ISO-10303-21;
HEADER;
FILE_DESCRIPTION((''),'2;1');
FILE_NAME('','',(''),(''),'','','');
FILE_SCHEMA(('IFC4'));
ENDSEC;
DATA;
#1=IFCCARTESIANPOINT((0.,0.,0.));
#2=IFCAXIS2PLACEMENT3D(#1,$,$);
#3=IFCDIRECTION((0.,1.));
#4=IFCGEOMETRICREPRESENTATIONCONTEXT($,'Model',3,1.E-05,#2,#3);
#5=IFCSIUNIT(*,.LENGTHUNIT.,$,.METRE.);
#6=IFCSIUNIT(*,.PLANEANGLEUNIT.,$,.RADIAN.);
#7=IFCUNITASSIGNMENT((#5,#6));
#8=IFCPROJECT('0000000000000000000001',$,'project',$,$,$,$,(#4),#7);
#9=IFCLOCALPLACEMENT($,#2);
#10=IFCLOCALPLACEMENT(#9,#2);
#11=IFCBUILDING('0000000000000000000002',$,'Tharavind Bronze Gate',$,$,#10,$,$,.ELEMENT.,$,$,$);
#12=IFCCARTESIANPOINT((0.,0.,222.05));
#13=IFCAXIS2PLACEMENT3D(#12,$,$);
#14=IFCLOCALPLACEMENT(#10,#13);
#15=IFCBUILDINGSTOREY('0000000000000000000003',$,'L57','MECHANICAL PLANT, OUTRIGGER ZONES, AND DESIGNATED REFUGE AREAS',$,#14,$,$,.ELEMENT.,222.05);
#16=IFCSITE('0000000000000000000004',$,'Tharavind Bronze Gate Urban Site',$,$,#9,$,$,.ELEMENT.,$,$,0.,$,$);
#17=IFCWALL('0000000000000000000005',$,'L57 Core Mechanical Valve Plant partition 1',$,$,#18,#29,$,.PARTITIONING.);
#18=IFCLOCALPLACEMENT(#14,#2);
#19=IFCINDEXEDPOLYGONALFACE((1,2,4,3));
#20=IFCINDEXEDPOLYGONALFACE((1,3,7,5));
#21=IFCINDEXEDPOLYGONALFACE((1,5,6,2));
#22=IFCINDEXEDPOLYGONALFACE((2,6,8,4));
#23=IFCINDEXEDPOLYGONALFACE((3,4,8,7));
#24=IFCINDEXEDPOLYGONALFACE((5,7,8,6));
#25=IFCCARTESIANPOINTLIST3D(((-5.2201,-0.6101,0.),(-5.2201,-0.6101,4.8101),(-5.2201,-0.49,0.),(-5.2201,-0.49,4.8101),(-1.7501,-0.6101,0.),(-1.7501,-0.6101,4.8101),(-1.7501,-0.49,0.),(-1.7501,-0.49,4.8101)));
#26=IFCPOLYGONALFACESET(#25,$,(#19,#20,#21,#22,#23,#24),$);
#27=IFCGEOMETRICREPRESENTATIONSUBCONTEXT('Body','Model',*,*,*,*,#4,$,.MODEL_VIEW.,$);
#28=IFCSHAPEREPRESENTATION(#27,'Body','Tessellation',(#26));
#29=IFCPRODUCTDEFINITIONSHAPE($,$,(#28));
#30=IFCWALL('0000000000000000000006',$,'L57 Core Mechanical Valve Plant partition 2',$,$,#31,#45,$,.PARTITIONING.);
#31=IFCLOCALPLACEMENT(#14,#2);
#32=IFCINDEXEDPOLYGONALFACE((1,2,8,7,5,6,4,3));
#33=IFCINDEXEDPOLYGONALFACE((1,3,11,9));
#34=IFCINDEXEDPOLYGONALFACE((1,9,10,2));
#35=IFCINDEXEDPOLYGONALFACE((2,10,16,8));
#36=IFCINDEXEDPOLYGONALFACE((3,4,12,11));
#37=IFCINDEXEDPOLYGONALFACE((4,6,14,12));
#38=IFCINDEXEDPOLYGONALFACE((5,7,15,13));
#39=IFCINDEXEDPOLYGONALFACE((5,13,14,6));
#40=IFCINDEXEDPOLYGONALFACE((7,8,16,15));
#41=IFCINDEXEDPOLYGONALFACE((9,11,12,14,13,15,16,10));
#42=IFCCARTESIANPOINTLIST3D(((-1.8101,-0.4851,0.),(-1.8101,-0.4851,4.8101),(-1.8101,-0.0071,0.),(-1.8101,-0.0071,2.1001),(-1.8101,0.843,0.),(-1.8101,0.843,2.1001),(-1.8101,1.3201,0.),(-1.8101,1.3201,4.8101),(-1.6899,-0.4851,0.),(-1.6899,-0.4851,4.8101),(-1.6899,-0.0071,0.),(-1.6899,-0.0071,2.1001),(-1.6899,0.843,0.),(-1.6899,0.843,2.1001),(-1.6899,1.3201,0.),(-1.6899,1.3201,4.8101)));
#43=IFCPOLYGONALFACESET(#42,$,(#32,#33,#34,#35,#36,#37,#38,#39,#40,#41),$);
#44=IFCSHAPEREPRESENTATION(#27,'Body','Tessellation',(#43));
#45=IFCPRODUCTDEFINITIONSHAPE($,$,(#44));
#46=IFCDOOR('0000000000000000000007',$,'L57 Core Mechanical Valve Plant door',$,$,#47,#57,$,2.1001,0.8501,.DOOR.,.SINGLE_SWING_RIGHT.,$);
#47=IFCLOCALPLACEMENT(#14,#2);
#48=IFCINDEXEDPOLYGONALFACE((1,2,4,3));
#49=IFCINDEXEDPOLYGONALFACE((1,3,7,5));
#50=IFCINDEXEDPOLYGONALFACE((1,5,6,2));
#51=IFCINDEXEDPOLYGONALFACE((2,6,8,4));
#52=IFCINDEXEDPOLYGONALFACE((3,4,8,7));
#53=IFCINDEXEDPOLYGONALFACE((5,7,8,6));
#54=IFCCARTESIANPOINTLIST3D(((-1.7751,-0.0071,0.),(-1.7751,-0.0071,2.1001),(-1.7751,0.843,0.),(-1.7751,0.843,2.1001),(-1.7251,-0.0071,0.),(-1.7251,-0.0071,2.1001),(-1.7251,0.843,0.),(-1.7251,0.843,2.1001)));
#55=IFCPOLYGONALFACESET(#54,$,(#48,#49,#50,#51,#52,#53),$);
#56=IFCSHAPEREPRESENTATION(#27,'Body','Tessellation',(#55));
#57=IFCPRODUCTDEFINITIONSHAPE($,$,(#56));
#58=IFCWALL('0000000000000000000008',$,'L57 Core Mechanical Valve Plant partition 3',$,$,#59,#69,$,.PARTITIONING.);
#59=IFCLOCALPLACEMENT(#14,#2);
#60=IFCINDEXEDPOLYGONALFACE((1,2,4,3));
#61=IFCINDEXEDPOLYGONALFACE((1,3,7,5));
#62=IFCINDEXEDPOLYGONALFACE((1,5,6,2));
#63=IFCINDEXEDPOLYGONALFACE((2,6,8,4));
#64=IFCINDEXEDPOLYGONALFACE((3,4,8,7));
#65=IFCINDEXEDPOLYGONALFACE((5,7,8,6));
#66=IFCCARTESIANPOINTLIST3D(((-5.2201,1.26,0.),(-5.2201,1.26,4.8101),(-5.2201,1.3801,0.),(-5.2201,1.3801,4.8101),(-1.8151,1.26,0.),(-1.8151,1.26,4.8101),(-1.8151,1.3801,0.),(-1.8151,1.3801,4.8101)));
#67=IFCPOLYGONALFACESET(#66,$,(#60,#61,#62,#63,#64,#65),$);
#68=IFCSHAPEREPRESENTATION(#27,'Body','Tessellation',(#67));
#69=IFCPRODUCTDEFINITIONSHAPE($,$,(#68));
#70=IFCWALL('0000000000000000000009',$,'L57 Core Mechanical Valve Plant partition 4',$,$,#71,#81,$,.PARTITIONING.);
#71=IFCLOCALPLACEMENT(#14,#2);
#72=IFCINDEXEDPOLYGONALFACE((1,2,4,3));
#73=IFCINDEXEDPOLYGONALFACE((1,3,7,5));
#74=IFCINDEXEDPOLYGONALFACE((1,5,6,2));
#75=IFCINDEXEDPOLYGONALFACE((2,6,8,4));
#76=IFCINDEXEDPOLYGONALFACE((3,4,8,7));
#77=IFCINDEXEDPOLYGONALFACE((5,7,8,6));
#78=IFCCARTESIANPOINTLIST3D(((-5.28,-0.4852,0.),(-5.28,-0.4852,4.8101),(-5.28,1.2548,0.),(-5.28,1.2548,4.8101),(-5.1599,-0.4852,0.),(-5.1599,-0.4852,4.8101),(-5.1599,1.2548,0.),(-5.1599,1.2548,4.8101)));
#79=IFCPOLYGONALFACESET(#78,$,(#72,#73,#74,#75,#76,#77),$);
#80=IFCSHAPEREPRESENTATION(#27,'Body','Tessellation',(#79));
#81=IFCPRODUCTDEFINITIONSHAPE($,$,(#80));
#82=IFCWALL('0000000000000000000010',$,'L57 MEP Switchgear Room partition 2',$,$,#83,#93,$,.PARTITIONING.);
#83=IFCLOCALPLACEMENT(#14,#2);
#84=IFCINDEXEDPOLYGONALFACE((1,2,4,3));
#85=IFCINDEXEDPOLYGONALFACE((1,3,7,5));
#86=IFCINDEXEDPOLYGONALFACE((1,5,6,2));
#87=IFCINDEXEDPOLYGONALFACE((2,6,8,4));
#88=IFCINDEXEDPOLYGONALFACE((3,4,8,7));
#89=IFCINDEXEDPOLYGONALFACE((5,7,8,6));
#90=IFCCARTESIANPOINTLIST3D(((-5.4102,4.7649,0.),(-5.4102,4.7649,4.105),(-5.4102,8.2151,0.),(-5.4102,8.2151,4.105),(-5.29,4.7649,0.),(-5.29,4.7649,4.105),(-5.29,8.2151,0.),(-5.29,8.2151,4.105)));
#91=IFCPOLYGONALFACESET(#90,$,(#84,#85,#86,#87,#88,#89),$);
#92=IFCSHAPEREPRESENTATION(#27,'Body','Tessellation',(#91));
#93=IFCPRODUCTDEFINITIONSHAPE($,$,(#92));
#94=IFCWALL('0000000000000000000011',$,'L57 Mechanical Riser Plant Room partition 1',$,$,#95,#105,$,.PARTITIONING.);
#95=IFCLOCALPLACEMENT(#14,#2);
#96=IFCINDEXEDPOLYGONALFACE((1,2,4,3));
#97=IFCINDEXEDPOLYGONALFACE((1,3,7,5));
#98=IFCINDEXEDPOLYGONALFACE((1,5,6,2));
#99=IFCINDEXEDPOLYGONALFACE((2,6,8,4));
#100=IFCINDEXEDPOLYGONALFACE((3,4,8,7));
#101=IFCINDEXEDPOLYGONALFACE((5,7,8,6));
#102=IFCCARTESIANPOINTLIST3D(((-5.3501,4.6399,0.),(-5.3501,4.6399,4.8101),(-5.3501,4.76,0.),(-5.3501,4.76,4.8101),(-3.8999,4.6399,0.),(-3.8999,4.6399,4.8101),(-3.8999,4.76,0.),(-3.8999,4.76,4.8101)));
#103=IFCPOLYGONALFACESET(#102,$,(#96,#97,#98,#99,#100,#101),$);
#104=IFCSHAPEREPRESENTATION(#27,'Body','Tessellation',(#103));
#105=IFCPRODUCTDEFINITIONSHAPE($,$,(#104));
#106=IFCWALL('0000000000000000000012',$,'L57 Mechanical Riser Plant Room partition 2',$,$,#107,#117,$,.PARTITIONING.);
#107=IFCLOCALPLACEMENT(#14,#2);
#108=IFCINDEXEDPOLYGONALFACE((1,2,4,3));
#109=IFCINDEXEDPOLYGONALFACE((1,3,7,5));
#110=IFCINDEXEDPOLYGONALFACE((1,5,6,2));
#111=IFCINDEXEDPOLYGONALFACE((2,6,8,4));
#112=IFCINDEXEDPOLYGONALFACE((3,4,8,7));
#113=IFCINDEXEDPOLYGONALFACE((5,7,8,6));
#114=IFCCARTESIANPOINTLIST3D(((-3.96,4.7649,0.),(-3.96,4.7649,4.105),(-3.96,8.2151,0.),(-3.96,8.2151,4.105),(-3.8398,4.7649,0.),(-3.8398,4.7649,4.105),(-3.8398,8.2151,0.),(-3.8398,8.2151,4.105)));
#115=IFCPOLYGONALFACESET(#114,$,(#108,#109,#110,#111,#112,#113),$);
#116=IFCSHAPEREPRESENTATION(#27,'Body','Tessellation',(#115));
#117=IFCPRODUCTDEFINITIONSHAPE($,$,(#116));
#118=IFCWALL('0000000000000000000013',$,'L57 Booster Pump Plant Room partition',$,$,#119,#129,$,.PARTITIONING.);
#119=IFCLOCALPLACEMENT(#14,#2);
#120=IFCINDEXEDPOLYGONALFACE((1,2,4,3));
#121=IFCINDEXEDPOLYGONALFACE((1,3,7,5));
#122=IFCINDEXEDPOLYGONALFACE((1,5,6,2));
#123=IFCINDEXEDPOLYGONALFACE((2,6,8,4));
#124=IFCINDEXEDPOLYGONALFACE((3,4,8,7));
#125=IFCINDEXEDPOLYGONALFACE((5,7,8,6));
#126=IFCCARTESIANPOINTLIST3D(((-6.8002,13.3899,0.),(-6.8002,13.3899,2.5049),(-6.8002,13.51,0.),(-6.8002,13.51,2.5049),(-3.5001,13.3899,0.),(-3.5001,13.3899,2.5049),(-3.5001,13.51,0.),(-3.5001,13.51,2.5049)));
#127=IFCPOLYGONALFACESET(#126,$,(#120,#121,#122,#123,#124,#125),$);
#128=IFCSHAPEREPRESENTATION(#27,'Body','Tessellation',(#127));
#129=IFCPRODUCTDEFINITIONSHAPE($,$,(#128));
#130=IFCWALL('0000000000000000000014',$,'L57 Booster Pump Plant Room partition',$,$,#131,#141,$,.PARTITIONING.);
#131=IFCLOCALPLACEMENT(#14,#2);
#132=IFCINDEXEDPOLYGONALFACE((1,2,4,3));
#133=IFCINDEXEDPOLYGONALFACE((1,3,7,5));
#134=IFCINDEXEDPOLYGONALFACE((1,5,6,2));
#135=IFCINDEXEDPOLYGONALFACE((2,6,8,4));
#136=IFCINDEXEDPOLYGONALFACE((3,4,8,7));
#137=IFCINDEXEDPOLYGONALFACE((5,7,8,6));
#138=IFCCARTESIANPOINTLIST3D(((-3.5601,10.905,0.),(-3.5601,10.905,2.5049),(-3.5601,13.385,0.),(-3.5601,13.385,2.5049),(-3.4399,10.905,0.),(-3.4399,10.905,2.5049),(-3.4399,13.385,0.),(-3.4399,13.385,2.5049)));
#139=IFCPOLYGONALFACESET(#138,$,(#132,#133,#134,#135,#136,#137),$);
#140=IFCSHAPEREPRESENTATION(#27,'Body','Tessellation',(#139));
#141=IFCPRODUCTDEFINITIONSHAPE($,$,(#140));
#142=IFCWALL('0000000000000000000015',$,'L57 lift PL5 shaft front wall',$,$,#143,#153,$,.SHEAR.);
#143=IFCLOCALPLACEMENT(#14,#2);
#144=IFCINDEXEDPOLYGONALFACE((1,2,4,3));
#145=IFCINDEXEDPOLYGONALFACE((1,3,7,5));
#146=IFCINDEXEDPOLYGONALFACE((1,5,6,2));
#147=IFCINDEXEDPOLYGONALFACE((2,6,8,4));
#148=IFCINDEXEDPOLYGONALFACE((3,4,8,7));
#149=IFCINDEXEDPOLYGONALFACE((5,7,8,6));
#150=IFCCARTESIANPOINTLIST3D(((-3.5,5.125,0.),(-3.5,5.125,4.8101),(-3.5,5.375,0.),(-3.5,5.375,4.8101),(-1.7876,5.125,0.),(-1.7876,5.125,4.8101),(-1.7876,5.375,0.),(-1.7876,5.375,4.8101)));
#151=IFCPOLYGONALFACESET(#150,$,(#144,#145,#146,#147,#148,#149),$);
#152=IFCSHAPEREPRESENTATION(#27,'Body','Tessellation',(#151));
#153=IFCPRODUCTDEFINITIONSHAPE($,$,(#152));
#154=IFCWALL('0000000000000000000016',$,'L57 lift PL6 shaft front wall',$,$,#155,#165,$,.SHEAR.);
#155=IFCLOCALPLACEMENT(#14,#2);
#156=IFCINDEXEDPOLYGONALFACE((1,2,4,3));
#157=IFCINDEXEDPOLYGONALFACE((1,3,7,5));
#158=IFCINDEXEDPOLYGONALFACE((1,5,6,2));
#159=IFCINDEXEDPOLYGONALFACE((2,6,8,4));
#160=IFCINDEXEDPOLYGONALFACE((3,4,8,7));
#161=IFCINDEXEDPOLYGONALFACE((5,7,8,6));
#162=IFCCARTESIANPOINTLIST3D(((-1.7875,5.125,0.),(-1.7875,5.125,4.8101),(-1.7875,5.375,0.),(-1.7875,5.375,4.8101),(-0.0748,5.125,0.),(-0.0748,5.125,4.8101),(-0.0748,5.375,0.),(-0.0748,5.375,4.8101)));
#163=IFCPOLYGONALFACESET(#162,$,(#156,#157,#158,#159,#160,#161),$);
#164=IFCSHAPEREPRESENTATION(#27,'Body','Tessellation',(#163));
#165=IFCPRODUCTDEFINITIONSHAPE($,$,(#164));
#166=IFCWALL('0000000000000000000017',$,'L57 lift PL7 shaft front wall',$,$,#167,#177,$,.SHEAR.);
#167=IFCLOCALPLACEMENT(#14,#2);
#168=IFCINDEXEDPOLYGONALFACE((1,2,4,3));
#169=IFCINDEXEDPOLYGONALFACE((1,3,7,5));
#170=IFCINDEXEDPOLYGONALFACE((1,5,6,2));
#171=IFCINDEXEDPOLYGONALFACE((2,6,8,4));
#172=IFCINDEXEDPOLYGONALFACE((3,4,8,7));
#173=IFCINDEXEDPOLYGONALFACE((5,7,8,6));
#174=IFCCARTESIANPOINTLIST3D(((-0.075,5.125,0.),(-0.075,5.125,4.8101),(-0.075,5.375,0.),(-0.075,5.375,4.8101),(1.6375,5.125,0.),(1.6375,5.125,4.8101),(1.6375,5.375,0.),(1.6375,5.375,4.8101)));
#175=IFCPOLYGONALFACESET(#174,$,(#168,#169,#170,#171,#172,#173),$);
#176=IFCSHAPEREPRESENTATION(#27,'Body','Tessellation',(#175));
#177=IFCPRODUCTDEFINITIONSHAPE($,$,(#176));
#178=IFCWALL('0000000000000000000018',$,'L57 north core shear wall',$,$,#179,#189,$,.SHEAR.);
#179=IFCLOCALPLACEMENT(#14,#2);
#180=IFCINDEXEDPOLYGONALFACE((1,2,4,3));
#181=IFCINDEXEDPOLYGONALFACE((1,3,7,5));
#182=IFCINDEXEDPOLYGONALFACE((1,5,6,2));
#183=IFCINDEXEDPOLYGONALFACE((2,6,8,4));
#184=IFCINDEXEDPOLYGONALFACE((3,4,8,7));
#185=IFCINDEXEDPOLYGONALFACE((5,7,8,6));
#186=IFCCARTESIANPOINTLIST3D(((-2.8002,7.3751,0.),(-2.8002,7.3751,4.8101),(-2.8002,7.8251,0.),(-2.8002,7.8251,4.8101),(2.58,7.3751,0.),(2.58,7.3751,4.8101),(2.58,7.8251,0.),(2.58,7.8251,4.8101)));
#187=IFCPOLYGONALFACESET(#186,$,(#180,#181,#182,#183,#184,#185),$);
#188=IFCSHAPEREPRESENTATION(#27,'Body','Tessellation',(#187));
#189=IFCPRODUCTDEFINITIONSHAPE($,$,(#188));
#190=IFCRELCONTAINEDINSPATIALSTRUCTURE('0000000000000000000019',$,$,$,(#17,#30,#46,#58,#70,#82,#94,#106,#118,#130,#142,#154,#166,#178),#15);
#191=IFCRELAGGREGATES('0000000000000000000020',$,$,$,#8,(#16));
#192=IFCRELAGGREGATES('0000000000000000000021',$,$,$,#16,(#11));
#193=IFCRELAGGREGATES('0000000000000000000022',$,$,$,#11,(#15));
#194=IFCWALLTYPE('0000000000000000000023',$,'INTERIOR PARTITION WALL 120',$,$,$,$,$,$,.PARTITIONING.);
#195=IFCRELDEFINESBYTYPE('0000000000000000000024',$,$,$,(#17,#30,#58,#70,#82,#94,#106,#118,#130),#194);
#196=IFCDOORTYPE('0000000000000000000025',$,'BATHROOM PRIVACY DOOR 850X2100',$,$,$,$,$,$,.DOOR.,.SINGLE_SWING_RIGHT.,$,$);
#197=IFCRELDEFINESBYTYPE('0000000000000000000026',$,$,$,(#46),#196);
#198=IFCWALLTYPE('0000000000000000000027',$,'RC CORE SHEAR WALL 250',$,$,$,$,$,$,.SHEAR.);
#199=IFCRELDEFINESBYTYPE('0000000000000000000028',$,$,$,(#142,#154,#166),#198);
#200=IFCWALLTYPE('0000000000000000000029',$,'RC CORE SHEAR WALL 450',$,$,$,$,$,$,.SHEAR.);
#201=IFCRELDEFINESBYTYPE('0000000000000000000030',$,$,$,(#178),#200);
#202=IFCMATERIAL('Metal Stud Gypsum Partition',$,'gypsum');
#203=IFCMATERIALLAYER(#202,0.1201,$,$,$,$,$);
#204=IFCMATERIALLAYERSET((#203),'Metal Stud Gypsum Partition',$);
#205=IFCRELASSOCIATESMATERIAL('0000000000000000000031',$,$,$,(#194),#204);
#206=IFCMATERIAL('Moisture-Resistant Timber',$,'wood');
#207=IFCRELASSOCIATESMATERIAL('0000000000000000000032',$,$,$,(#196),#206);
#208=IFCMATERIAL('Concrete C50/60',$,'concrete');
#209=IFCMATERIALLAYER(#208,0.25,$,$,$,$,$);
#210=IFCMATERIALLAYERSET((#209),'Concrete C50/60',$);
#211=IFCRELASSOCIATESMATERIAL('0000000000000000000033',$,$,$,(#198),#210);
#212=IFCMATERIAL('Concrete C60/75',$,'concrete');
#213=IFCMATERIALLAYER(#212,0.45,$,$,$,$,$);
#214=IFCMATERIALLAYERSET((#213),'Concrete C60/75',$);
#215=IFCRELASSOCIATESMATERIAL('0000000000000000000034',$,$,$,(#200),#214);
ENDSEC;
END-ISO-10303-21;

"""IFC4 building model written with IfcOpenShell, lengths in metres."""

from ifc_helpers import new_model, si_unit, direction, frame, frame_2d, origin, place, context, subcontext, project, spatial, rectangle, extrude, material, layer, layer_set, type_object, element, fill, save


model = new_model("IFC4")

# Units and contexts
model_context = context("Model", 3, precision=1e-05, world=origin(), true_north=direction((0.0, 1.0)))
body_context = subcontext(model_context, "Body", "Model", "MODEL_VIEW")
ifc_project = project(units=[si_unit("LENGTHUNIT", "METRE"), si_unit("PLANEANGLEUNIT", "RADIAN")], contexts=[model_context])

# Site, building, storey
site_placement = place(None, origin())
site = spatial("IfcSite", under=ifc_project, at=site_placement, Name="Tharavind Bronze Gate Urban Site", CompositionType="ELEMENT", RefElevation=0.0)
building_placement = place(site_placement, origin())
building = spatial("IfcBuilding", under=site, at=building_placement, Name="Tharavind Bronze Gate", CompositionType="ELEMENT")
storey_placement = place(building_placement, frame((0.0, 0.0, 222.05)))
storey = spatial("IfcBuildingStorey", under=building, at=storey_placement, Name="L57", Description="MECHANICAL PLANT, OUTRIGGER ZONES, AND DESIGNATED REFUGE AREAS", CompositionType="ELEMENT", Elevation=222.05)

# Shared definitions
ifc_material_1 = material(Name="Metal Stud Gypsum Partition", Category="gypsum")
ifc_layer_1 = layer(ifc_material_1, 0.1201)
ifc_layer_set_1 = layer_set([ifc_layer_1], Name="Metal Stud Gypsum Partition")
wall_type_1 = type_object("IfcWallType", Name="INTERIOR PARTITION WALL 120", PredefinedType="PARTITIONING", material=ifc_layer_set_1)

# Shared definitions
ifc_material_2 = material(Name="Moisture-Resistant Timber", Category="wood")
door_type = type_object("IfcDoorType", Name="BATHROOM PRIVACY DOOR 850X2100", OperationType="SINGLE_SWING_RIGHT", PredefinedType="DOOR", material=ifc_material_2)

# Wall
wall_1_placement = place(storey_placement, frame((-5.22, -0.55, 0.0), z_axis=(0.0, 0.0, 1.0), x_axis=(1.0, 0.0, 0.0)))
element("IfcWall", 1, at=wall_1_placement, inside=storey, type_object=wall_type_1, Name="L57 Core Mechanical Valve Plant partition 1", PredefinedType="PARTITIONING", context=body_context, shape_type="SweptSolid", body=[
    extrude(rectangle(XDim=3.47, YDim=0.1201, at=frame_2d((1.7349, 0.0))), origin(), (0.0, 0.0, 1.0), 4.8101),
])

# Wall, opening, door
wall_2_placement = place(storey_placement, frame((-1.75, -0.4851, 0.0), z_axis=(0.0, 0.0, 1.0), x_axis=(0.0, 1.0, 0.0)))
wall_2 = element("IfcWall", 2, at=wall_2_placement, inside=storey, type_object=wall_type_1, Name="L57 Core Mechanical Valve Plant partition 2", PredefinedType="PARTITIONING", context=body_context, shape_type="SweptSolid", body=[
    extrude(rectangle(XDim=1.8052, YDim=0.1201, at=frame_2d((0.9026, 0.0))), origin(), (0.0, 0.0, 1.0), 4.8101),
])
opening_1_placement = place(wall_2_placement, frame((0.478, 0.0, 0.0)))
opening_1 = element("IfcOpeningElement", 3, at=opening_1_placement, cuts=wall_2, PredefinedType="OPENING", context=body_context, shape_type="SweptSolid", body=[
    extrude(rectangle(XDim=0.8501, YDim=2.1001, at=frame_2d((0.425, 1.05))), frame((0.0, 0.0701, 0.0), z_axis=(0.0, -1.0, 0.0), x_axis=(1.0, 0.0, 0.0)), (0.0, 0.0, 1.0), 0.1401),
])
door_1_placement = place(opening_1_placement, frame((0.8501, 0.0, 0.0), z_axis=(0.0, 0.0, 1.0), x_axis=(-1.0, 0.0, 0.0)))
door_1 = element("IfcDoor", 4, at=door_1_placement, inside=storey, type_object=door_type, Name="L57 Core Mechanical Valve Plant door", OperationType="SINGLE_SWING_RIGHT", OverallHeight=2.1001, OverallWidth=0.8501, PredefinedType="DOOR", context=body_context, shape_type="SweptSolid", body=[
    extrude(rectangle(XDim=0.8501, YDim=2.1001, at=frame_2d((0.425, 1.05))), frame((0.0, 0.0249, 0.0), z_axis=(0.0, -1.0, 0.0), x_axis=(1.0, 0.0, 0.0)), (0.0, 0.0, 1.0), 0.05),
])
fill(opening_1, door_1)

# Walls
wall_3_placement = place(storey_placement, frame((-1.8149, 1.3201, 0.0), z_axis=(0.0, 0.0, 1.0), x_axis=(-1.0, 0.0, 0.0)))
element("IfcWall", 5, at=wall_3_placement, inside=storey, type_object=wall_type_1, Name="L57 Core Mechanical Valve Plant partition 3", PredefinedType="PARTITIONING", context=body_context, shape_type="SweptSolid", body=[
    extrude(rectangle(XDim=3.405, YDim=0.1201, at=frame_2d((1.7026, 0.0))), origin(), (0.0, 0.0, 1.0), 4.8101),
])
wall_4_placement = place(storey_placement, frame((-5.22, 1.2549, 0.0), z_axis=(0.0, 0.0, 1.0), x_axis=(0.0, -1.0, 0.0)))
element("IfcWall", 6, at=wall_4_placement, inside=storey, type_object=wall_type_1, Name="L57 Core Mechanical Valve Plant partition 4", PredefinedType="PARTITIONING", context=body_context, shape_type="SweptSolid", body=[
    extrude(rectangle(XDim=1.74, YDim=0.1201, at=frame_2d((0.8701, 0.0))), origin(), (0.0, 0.0, 1.0), 4.8101),
])
wall_5_placement = place(storey_placement, frame((-5.3501, 4.7649, 0.0), z_axis=(0.0, 0.0, 1.0), x_axis=(0.0, 1.0, 0.0)))
element("IfcWall", 7, at=wall_5_placement, inside=storey, type_object=wall_type_1, Name="L57 MEP Switchgear Room partition 2", PredefinedType="PARTITIONING", context=body_context, shape_type="SweptSolid", body=[
    extrude(rectangle(XDim=3.4502, YDim=0.1201, at=frame_2d((1.7251, 0.0))), origin(), (0.0, 0.0, 1.0), 4.105),
])
wall_6_placement = place(storey_placement, frame((-5.3501, 4.7, 0.0), z_axis=(0.0, 0.0, 1.0), x_axis=(1.0, 0.0, 0.0)))
element("IfcWall", 8, at=wall_6_placement, inside=storey, type_object=wall_type_1, Name="L57 Mechanical Riser Plant Room partition 1", PredefinedType="PARTITIONING", context=body_context, shape_type="SweptSolid", body=[
    extrude(rectangle(XDim=1.4502, YDim=0.1201, at=frame_2d((0.7251, 0.0))), origin(), (0.0, 0.0, 1.0), 4.8101),
])
wall_7_placement = place(storey_placement, frame((-3.8999, 4.7649, 0.0), z_axis=(0.0, 0.0, 1.0), x_axis=(0.0, 1.0, 0.0)))
element("IfcWall", 9, at=wall_7_placement, inside=storey, type_object=wall_type_1, Name="L57 Mechanical Riser Plant Room partition 2", PredefinedType="PARTITIONING", context=body_context, shape_type="SweptSolid", body=[
    extrude(rectangle(XDim=3.4502, YDim=0.1201, at=frame_2d((1.7251, 0.0))), origin(), (0.0, 0.0, 1.0), 4.105),
])
wall_8_placement = place(storey_placement, frame((-6.8, 13.45, 0.0), z_axis=(0.0, 0.0, 1.0), x_axis=(1.0, 0.0, 0.0)))
element("IfcWall", 10, at=wall_8_placement, inside=storey, type_object=wall_type_1, Name="L57 Booster Pump Plant Room partition", PredefinedType="PARTITIONING", context=body_context, shape_type="SweptSolid", body=[
    extrude(rectangle(XDim=3.3, YDim=0.1201, at=frame_2d((1.6499, 0.0))), origin(), (0.0, 0.0, 1.0), 2.5049),
])
wall_9_placement = place(storey_placement, frame((-3.5, 13.385, 0.0), z_axis=(0.0, 0.0, 1.0), x_axis=(0.0, -1.0, 0.0)))
element("IfcWall", 11, at=wall_9_placement, inside=storey, type_object=wall_type_1, Name="L57 Booster Pump Plant Room partition", PredefinedType="PARTITIONING", context=body_context, shape_type="SweptSolid", body=[
    extrude(rectangle(XDim=2.48, YDim=0.1201, at=frame_2d((1.24, 0.0))), origin(), (0.0, 0.0, 1.0), 2.5049),
])
ifc_material_3 = material(Name="Concrete C50/60", Category="concrete")
ifc_layer_2 = layer(ifc_material_3, 0.25)
ifc_layer_set_2 = layer_set([ifc_layer_2], Name="Concrete C50/60")
wall_type_2 = type_object("IfcWallType", Name="RC CORE SHEAR WALL 250", PredefinedType="SHEAR", material=ifc_layer_set_2)
wall_10_placement = place(storey_placement, frame((-3.5, 5.25, 0.0), z_axis=(0.0, 0.0, 1.0), x_axis=(1.0, 0.0, 0.0)))
element("IfcWall", 12, at=wall_10_placement, inside=storey, type_object=wall_type_2, Name="L57 lift PL5 shaft front wall", PredefinedType="SHEAR", context=body_context, shape_type="SweptSolid", body=[
    extrude(rectangle(XDim=1.7124, YDim=0.25, at=frame_2d((0.8562, 0.0))), origin(), (0.0, 0.0, 1.0), 4.8101),
])
wall_11_placement = place(storey_placement, frame((-1.7876, 5.25, 0.0), z_axis=(0.0, 0.0, 1.0), x_axis=(1.0, 0.0, 0.0)))
element("IfcWall", 13, at=wall_11_placement, inside=storey, type_object=wall_type_2, Name="L57 lift PL6 shaft front wall", PredefinedType="SHEAR", context=body_context, shape_type="SweptSolid", body=[
    extrude(rectangle(XDim=1.7126, YDim=0.25, at=frame_2d((0.8564, 0.0))), origin(), (0.0, 0.0, 1.0), 4.8101),
])
wall_12_placement = place(storey_placement, frame((-0.075, 5.25, 0.0), z_axis=(0.0, 0.0, 1.0), x_axis=(1.0, 0.0, 0.0)))
element("IfcWall", 14, at=wall_12_placement, inside=storey, type_object=wall_type_2, Name="L57 lift PL7 shaft front wall", PredefinedType="SHEAR", context=body_context, shape_type="SweptSolid", body=[
    extrude(rectangle(XDim=1.7124, YDim=0.25, at=frame_2d((0.8562, 0.0))), origin(), (0.0, 0.0, 1.0), 4.8101),
])
ifc_material_4 = material(Name="Concrete C60/75", Category="concrete")
ifc_layer_3 = layer(ifc_material_4, 0.45)
ifc_layer_set_3 = layer_set([ifc_layer_3], Name="Concrete C60/75")
wall_type_3 = type_object("IfcWallType", Name="RC CORE SHEAR WALL 450", PredefinedType="SHEAR", material=ifc_layer_set_3)
wall_13_placement = place(storey_placement, frame((-2.8, 7.6001, 0.0), z_axis=(0.0, 0.0, 1.0), x_axis=(1.0, 0.0, 0.0)))
element("IfcWall", 15, at=wall_13_placement, inside=storey, type_object=wall_type_3, Name="L57 north core shear wall", PredefinedType="SHEAR", context=body_context, shape_type="SweptSolid", body=[
    extrude(rectangle(XDim=5.3801, YDim=0.45, at=frame_2d((2.6899, 0.0))), origin(), (0.0, 0.0, 1.0), 4.8101),
])

save(model, "model.ifc")
